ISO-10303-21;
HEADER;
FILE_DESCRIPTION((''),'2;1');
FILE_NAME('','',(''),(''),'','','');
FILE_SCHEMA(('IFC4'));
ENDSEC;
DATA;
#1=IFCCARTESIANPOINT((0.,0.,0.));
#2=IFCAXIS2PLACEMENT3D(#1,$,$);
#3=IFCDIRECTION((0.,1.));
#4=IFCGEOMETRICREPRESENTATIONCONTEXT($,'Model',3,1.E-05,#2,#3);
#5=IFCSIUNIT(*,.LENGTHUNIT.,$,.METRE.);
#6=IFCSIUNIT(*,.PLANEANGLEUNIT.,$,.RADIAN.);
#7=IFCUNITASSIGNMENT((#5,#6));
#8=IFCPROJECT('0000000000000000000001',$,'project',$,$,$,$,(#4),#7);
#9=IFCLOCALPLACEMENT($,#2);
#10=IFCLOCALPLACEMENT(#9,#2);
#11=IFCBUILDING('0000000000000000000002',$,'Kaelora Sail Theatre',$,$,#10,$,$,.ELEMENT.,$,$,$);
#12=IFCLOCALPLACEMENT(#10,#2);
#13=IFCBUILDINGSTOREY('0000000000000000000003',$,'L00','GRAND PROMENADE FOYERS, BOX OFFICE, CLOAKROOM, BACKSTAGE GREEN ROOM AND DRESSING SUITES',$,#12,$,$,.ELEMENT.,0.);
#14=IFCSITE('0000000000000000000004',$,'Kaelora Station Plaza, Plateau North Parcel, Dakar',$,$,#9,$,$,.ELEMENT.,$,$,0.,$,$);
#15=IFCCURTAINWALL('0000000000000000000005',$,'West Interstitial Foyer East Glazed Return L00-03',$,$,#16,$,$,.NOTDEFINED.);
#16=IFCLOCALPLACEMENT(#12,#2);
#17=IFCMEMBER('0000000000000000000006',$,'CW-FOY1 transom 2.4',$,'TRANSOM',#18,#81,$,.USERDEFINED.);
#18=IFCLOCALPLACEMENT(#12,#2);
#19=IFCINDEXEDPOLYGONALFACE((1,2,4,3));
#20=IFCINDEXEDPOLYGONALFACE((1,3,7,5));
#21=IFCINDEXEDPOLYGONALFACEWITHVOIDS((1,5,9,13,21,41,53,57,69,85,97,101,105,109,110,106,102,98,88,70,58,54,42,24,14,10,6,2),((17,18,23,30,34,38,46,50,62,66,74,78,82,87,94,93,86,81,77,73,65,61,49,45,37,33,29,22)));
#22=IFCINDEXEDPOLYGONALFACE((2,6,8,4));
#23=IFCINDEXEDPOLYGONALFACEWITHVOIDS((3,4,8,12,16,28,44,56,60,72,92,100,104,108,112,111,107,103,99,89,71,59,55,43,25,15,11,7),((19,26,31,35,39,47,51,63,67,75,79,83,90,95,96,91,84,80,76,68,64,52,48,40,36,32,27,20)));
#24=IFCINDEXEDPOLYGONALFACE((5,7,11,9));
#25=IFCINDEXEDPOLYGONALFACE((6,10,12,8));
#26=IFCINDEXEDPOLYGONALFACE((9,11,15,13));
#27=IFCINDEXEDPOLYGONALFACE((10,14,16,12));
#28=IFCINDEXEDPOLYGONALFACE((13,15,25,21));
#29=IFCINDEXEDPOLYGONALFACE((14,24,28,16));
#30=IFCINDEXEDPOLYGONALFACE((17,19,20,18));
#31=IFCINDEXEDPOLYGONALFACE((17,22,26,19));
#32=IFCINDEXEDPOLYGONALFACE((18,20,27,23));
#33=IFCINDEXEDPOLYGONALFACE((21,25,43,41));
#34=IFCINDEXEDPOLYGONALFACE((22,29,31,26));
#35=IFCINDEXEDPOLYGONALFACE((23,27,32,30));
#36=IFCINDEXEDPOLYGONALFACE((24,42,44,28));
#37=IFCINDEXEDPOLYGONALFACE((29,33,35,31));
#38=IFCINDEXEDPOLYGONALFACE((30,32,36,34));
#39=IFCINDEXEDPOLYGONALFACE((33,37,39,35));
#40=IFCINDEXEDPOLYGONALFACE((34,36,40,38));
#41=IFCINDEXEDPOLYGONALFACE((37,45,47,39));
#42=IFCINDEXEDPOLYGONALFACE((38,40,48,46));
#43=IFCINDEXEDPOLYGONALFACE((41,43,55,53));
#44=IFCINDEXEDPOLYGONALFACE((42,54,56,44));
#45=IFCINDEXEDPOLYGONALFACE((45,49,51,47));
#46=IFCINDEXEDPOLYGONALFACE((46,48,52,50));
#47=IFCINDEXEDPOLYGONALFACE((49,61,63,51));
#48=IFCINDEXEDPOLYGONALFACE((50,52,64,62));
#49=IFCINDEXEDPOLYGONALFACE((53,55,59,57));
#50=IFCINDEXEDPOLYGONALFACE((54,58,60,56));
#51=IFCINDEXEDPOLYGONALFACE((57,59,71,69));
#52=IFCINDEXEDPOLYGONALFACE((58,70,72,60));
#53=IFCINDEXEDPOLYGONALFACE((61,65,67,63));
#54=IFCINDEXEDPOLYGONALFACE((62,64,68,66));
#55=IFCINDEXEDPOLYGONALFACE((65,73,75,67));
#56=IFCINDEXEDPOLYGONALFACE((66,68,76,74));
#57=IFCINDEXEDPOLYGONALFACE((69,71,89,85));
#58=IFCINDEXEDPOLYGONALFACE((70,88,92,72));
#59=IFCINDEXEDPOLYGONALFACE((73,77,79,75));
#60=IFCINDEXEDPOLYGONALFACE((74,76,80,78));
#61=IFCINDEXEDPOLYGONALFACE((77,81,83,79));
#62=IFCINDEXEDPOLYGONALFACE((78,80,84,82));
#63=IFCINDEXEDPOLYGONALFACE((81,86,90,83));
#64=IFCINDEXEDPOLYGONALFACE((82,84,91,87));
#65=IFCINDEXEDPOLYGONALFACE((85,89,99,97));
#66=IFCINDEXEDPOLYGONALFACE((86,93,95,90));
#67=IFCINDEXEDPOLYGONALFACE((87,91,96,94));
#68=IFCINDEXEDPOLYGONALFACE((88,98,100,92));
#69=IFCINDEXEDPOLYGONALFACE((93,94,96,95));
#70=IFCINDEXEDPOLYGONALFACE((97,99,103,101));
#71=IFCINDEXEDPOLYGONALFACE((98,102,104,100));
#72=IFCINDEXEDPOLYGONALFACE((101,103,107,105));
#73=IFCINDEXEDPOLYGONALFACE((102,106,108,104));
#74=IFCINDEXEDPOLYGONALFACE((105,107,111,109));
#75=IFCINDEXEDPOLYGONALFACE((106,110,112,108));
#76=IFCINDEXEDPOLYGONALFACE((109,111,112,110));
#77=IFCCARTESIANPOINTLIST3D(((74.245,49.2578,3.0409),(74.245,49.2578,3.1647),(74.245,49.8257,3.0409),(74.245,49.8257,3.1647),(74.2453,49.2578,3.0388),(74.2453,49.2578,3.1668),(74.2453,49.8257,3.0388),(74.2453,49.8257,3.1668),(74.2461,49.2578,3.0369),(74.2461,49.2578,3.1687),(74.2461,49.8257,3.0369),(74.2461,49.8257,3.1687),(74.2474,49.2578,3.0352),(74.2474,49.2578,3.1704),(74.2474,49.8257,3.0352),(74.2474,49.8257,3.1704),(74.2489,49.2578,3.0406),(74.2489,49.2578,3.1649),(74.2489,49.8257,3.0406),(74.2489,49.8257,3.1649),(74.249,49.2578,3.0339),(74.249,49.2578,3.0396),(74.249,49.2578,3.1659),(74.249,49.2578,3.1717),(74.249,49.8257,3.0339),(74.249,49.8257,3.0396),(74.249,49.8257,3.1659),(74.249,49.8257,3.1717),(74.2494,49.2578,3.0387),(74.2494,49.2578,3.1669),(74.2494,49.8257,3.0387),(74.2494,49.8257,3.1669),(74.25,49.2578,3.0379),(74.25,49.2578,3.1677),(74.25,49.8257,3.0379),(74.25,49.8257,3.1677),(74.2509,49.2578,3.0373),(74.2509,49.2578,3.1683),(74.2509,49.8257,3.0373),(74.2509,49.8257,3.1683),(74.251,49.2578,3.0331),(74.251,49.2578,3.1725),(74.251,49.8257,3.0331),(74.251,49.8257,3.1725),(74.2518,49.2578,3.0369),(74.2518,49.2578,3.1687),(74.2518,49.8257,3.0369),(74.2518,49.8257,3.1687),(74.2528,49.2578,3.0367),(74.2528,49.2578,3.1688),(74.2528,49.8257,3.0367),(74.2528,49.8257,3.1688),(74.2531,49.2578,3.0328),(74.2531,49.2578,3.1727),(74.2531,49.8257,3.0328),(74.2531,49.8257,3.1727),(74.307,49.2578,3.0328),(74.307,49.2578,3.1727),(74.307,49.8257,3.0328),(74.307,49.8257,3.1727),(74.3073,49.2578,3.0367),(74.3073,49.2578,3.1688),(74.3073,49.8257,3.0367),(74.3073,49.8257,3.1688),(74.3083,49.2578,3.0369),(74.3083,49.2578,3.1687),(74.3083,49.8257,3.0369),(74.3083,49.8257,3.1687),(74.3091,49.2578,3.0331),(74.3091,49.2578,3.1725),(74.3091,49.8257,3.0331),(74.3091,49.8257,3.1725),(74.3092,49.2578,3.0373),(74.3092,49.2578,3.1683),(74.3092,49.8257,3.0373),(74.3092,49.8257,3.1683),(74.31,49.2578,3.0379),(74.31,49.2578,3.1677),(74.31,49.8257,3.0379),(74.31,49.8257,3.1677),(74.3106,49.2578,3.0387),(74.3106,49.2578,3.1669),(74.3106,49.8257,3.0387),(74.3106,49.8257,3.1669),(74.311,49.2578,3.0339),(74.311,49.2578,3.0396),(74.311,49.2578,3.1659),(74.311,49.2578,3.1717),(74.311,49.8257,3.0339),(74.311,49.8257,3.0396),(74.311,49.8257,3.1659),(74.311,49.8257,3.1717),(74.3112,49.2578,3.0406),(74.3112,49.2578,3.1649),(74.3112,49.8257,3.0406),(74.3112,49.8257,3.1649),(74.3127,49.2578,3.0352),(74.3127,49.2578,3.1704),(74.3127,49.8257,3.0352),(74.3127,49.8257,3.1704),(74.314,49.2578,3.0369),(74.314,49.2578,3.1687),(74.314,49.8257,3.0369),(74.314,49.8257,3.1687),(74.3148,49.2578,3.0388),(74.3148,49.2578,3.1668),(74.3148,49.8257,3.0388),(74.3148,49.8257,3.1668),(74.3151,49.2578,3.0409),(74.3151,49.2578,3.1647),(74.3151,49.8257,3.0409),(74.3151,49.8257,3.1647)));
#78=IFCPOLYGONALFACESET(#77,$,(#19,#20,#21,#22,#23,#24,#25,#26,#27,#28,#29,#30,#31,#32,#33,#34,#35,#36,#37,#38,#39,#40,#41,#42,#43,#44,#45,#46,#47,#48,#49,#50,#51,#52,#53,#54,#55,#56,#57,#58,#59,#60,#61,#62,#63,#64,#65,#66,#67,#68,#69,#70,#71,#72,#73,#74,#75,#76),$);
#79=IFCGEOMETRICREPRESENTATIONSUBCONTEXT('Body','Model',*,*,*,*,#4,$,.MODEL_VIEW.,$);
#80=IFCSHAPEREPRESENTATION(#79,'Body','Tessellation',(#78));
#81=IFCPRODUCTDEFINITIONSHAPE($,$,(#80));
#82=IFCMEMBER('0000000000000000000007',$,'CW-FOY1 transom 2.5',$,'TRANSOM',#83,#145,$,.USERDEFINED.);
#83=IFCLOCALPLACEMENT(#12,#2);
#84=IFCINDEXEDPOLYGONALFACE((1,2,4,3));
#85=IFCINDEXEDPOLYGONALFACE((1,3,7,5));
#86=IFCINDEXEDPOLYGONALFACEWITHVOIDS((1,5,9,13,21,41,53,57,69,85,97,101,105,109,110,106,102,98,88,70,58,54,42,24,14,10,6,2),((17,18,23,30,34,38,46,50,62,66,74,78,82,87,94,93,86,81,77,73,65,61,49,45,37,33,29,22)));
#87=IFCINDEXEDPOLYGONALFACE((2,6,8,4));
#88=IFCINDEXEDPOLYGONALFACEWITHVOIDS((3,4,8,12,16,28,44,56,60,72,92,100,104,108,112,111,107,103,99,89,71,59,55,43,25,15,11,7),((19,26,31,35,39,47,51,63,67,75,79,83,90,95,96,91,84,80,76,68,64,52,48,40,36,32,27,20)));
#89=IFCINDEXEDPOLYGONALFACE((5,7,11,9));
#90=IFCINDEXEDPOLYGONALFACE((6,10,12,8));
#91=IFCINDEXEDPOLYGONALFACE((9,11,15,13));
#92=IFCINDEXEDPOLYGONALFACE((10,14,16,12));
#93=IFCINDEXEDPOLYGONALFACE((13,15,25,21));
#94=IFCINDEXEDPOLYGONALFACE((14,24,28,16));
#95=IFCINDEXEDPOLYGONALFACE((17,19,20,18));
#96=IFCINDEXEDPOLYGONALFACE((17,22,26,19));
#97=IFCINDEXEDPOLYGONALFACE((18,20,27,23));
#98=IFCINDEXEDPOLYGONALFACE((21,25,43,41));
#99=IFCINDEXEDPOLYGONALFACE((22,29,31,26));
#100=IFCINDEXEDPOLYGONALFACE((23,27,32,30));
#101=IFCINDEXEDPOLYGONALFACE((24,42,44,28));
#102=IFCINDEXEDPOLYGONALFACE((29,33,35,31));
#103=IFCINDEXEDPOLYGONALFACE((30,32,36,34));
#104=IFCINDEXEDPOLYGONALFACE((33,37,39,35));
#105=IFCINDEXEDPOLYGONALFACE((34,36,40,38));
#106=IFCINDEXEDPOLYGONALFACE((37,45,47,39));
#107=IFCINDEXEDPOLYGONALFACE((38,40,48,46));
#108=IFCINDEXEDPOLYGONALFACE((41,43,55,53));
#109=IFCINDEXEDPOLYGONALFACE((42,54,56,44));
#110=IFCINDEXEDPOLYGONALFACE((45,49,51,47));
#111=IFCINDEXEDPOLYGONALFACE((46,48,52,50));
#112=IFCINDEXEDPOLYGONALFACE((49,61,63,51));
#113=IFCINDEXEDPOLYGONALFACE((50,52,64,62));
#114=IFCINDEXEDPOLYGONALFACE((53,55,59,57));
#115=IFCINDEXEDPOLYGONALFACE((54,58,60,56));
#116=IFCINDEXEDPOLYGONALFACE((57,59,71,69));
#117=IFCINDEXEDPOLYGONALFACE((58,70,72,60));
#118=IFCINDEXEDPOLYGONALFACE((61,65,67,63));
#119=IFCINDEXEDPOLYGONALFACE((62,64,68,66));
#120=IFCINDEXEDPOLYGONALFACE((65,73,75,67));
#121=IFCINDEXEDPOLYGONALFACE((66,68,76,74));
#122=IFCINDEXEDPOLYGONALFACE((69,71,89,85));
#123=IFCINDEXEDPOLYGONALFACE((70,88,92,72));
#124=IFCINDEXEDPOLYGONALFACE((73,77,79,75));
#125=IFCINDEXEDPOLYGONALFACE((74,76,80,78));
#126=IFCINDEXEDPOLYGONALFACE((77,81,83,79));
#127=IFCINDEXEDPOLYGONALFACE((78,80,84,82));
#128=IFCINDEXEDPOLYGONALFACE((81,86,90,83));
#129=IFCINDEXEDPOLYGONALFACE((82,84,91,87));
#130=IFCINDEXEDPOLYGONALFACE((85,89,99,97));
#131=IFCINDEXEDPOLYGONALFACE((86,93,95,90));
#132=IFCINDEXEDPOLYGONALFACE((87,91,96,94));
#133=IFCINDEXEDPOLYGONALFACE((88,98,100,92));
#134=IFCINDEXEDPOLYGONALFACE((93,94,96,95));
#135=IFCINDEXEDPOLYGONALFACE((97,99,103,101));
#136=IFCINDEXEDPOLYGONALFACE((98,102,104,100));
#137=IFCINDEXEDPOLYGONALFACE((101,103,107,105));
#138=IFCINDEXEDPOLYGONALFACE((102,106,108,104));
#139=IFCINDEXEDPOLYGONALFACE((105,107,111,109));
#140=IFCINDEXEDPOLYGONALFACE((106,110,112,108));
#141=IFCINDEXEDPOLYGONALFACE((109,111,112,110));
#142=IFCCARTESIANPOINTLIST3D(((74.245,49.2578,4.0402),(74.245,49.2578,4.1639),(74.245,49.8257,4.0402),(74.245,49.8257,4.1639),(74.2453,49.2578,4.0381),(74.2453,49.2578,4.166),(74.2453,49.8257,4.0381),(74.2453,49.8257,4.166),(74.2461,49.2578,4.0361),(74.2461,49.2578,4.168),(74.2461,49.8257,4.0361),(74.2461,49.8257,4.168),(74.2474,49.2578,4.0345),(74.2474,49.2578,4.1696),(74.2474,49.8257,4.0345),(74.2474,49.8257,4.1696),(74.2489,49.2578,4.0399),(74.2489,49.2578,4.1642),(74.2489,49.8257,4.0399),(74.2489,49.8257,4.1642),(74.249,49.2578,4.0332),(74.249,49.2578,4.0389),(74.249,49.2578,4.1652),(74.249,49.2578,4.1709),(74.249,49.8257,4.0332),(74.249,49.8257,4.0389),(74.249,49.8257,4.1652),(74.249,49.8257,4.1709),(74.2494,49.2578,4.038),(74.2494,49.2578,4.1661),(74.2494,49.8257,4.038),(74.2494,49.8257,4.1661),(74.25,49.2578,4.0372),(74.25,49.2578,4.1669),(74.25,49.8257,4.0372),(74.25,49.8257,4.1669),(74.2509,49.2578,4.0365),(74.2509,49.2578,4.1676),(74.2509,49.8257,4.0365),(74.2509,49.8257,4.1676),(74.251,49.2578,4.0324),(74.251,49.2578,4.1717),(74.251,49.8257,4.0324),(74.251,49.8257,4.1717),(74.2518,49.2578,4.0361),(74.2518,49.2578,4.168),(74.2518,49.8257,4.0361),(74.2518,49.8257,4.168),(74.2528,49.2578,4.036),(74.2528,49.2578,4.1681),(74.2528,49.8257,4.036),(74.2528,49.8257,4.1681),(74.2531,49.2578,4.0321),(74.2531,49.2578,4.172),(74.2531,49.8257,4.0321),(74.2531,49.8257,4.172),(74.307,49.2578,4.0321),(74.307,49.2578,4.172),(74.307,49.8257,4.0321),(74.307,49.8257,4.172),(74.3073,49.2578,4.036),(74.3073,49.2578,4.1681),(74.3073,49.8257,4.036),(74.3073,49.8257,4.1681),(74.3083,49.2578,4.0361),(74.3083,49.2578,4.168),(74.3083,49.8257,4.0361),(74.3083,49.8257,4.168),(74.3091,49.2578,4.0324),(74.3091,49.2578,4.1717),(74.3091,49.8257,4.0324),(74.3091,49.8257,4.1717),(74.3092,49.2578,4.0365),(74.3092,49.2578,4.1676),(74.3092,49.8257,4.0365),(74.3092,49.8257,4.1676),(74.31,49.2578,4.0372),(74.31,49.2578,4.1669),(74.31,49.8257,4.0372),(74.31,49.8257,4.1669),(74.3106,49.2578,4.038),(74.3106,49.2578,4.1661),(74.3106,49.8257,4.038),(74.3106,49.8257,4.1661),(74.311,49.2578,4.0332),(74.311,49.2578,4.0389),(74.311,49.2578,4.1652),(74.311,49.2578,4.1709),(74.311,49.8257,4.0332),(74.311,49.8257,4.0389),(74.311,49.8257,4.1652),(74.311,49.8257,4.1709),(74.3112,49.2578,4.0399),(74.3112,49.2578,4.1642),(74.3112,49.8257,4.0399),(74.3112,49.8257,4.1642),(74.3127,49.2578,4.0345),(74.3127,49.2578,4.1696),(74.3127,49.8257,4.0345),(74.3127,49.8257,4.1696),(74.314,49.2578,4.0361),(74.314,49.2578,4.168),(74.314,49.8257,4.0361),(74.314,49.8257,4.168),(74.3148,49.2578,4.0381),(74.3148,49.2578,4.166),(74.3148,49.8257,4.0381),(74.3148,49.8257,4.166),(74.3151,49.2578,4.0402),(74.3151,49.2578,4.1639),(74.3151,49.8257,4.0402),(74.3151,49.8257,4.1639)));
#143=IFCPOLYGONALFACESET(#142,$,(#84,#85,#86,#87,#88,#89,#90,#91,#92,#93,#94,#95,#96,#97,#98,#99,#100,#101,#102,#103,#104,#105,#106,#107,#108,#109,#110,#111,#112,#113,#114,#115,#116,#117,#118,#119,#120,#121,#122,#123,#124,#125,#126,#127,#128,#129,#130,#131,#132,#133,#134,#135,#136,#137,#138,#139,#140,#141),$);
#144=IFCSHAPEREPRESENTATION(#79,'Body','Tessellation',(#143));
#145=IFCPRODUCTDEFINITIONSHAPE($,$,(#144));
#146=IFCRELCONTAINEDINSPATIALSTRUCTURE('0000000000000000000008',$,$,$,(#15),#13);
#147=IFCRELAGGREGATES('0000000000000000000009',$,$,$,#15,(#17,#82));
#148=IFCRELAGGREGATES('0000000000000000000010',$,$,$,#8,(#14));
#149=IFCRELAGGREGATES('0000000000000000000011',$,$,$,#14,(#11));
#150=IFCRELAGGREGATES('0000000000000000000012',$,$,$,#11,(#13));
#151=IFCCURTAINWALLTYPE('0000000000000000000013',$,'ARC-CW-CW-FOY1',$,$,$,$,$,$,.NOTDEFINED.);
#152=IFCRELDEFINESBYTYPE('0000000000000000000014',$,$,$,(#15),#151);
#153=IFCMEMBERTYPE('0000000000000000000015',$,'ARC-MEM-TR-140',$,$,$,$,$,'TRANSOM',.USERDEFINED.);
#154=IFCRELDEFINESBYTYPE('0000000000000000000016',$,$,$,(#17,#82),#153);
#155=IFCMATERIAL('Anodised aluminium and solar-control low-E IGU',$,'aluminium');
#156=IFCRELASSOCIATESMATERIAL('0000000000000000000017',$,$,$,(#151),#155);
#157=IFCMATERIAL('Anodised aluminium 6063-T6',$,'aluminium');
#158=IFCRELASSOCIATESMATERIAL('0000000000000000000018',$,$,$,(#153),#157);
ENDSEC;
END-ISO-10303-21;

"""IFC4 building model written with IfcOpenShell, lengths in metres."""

from ifc_helpers import new_model, si_unit, direction, frame, origin, origin_2d, place, context, subcontext, project, spatial, hollow_rectangle, extrude, material, material_profile, profile_set, type_object, element, aggregate, save


model = new_model("IFC4")

# Units and contexts
model_context = context("Model", 3, precision=1e-05, world=origin(), true_north=direction((0.0, 1.0)))
body_context = subcontext(model_context, "Body", "Model", "MODEL_VIEW")
ifc_project = project(units=[si_unit("LENGTHUNIT", "METRE"), si_unit("PLANEANGLEUNIT", "RADIAN")], contexts=[model_context])

# Site, building, storey
site_placement = place(None, origin())
site = spatial("IfcSite", under=ifc_project, at=site_placement, Name="Kaelora Station Plaza, Plateau North Parcel, Dakar", CompositionType="ELEMENT", RefElevation=0.0)
building_placement = place(site_placement, origin())
building = spatial("IfcBuilding", under=site, at=building_placement, Name="Kaelora Sail Theatre", CompositionType="ELEMENT")
storey_placement = place(building_placement, origin())
storey = spatial("IfcBuildingStorey", under=building, at=storey_placement, Name="L00", Description="GRAND PROMENADE FOYERS, BOX OFFICE, CLOAKROOM, BACKSTAGE GREEN ROOM AND DRESSING SUITES", CompositionType="ELEMENT", Elevation=0.0)

# Curtain wall, members
ifc_material_1 = material(Name="Anodised aluminium and solar-control low-E IGU", Category="aluminium")
curtain_wall_type = type_object("IfcCurtainWallType", Name="ARC-CW-CW-FOY1", PredefinedType="NOTDEFINED", material=ifc_material_1)
curtain_wall_placement = place(storey_placement, origin())
curtain_wall = element("IfcCurtainWall", 1, at=curtain_wall_placement, inside=storey, type_object=curtain_wall_type, Name="West Interstitial Foyer East Glazed Return L00-03", PredefinedType="NOTDEFINED")
ifc_material_2 = material(Name="Anodised aluminium 6063-T6", Category="aluminium")
ifc_material_profile_1 = material_profile(ifc_material_2, hollow_rectangle(XDim=0.0701, YDim=0.1399, WallThickness=0.0039, InnerFilletRadius=0.0039, OuterFilletRadius=0.0081, at=origin_2d()), Name="ALU-TRAN 70x140x4")
ifc_profile_set_1 = profile_set([ifc_material_profile_1], Name="Anodised aluminium 6063-T6")
member_type_1 = type_object("IfcMemberType", Name="ARC-MEM-TR-140", ElementType="TRANSOM", PredefinedType="USERDEFINED", material=ifc_profile_set_1)
member_1_placement = place(storey_placement, frame((74.28, 49.2578, 3.1028), z_axis=(0.0, 1.0, 0.0), x_axis=(-1.0, 0.0, 0.0)))
member_1 = element("IfcMember", 2, at=member_1_placement, type_object=member_type_1, Name="CW-FOY1 transom 2.4", ObjectType="TRANSOM", PredefinedType="USERDEFINED", context=body_context, shape_type="SweptSolid", body=[
    extrude(hollow_rectangle(XDim=0.0701, YDim=0.1399, WallThickness=0.0039, InnerFilletRadius=0.0039, OuterFilletRadius=0.0081, at=origin_2d()), origin(), (0.0, 0.0, 1.0), 0.5679),
])
member_2_placement = place(storey_placement, frame((74.28, 49.2578, 4.1021), z_axis=(0.0, 1.0, 0.0), x_axis=(-1.0, 0.0, 0.0)))
member_2 = element("IfcMember", 3, at=member_2_placement, type_object=member_type_1, Name="CW-FOY1 transom 2.5", ObjectType="TRANSOM", PredefinedType="USERDEFINED", context=body_context, shape_type="SweptSolid", body=[
    extrude(hollow_rectangle(XDim=0.0701, YDim=0.1399, WallThickness=0.0039, InnerFilletRadius=0.0039, OuterFilletRadius=0.0081, at=origin_2d()), origin(), (0.0, 0.0, 1.0), 0.5679),
])
aggregate(curtain_wall, [member_1, member_2])

save(model, "model.ifc")
